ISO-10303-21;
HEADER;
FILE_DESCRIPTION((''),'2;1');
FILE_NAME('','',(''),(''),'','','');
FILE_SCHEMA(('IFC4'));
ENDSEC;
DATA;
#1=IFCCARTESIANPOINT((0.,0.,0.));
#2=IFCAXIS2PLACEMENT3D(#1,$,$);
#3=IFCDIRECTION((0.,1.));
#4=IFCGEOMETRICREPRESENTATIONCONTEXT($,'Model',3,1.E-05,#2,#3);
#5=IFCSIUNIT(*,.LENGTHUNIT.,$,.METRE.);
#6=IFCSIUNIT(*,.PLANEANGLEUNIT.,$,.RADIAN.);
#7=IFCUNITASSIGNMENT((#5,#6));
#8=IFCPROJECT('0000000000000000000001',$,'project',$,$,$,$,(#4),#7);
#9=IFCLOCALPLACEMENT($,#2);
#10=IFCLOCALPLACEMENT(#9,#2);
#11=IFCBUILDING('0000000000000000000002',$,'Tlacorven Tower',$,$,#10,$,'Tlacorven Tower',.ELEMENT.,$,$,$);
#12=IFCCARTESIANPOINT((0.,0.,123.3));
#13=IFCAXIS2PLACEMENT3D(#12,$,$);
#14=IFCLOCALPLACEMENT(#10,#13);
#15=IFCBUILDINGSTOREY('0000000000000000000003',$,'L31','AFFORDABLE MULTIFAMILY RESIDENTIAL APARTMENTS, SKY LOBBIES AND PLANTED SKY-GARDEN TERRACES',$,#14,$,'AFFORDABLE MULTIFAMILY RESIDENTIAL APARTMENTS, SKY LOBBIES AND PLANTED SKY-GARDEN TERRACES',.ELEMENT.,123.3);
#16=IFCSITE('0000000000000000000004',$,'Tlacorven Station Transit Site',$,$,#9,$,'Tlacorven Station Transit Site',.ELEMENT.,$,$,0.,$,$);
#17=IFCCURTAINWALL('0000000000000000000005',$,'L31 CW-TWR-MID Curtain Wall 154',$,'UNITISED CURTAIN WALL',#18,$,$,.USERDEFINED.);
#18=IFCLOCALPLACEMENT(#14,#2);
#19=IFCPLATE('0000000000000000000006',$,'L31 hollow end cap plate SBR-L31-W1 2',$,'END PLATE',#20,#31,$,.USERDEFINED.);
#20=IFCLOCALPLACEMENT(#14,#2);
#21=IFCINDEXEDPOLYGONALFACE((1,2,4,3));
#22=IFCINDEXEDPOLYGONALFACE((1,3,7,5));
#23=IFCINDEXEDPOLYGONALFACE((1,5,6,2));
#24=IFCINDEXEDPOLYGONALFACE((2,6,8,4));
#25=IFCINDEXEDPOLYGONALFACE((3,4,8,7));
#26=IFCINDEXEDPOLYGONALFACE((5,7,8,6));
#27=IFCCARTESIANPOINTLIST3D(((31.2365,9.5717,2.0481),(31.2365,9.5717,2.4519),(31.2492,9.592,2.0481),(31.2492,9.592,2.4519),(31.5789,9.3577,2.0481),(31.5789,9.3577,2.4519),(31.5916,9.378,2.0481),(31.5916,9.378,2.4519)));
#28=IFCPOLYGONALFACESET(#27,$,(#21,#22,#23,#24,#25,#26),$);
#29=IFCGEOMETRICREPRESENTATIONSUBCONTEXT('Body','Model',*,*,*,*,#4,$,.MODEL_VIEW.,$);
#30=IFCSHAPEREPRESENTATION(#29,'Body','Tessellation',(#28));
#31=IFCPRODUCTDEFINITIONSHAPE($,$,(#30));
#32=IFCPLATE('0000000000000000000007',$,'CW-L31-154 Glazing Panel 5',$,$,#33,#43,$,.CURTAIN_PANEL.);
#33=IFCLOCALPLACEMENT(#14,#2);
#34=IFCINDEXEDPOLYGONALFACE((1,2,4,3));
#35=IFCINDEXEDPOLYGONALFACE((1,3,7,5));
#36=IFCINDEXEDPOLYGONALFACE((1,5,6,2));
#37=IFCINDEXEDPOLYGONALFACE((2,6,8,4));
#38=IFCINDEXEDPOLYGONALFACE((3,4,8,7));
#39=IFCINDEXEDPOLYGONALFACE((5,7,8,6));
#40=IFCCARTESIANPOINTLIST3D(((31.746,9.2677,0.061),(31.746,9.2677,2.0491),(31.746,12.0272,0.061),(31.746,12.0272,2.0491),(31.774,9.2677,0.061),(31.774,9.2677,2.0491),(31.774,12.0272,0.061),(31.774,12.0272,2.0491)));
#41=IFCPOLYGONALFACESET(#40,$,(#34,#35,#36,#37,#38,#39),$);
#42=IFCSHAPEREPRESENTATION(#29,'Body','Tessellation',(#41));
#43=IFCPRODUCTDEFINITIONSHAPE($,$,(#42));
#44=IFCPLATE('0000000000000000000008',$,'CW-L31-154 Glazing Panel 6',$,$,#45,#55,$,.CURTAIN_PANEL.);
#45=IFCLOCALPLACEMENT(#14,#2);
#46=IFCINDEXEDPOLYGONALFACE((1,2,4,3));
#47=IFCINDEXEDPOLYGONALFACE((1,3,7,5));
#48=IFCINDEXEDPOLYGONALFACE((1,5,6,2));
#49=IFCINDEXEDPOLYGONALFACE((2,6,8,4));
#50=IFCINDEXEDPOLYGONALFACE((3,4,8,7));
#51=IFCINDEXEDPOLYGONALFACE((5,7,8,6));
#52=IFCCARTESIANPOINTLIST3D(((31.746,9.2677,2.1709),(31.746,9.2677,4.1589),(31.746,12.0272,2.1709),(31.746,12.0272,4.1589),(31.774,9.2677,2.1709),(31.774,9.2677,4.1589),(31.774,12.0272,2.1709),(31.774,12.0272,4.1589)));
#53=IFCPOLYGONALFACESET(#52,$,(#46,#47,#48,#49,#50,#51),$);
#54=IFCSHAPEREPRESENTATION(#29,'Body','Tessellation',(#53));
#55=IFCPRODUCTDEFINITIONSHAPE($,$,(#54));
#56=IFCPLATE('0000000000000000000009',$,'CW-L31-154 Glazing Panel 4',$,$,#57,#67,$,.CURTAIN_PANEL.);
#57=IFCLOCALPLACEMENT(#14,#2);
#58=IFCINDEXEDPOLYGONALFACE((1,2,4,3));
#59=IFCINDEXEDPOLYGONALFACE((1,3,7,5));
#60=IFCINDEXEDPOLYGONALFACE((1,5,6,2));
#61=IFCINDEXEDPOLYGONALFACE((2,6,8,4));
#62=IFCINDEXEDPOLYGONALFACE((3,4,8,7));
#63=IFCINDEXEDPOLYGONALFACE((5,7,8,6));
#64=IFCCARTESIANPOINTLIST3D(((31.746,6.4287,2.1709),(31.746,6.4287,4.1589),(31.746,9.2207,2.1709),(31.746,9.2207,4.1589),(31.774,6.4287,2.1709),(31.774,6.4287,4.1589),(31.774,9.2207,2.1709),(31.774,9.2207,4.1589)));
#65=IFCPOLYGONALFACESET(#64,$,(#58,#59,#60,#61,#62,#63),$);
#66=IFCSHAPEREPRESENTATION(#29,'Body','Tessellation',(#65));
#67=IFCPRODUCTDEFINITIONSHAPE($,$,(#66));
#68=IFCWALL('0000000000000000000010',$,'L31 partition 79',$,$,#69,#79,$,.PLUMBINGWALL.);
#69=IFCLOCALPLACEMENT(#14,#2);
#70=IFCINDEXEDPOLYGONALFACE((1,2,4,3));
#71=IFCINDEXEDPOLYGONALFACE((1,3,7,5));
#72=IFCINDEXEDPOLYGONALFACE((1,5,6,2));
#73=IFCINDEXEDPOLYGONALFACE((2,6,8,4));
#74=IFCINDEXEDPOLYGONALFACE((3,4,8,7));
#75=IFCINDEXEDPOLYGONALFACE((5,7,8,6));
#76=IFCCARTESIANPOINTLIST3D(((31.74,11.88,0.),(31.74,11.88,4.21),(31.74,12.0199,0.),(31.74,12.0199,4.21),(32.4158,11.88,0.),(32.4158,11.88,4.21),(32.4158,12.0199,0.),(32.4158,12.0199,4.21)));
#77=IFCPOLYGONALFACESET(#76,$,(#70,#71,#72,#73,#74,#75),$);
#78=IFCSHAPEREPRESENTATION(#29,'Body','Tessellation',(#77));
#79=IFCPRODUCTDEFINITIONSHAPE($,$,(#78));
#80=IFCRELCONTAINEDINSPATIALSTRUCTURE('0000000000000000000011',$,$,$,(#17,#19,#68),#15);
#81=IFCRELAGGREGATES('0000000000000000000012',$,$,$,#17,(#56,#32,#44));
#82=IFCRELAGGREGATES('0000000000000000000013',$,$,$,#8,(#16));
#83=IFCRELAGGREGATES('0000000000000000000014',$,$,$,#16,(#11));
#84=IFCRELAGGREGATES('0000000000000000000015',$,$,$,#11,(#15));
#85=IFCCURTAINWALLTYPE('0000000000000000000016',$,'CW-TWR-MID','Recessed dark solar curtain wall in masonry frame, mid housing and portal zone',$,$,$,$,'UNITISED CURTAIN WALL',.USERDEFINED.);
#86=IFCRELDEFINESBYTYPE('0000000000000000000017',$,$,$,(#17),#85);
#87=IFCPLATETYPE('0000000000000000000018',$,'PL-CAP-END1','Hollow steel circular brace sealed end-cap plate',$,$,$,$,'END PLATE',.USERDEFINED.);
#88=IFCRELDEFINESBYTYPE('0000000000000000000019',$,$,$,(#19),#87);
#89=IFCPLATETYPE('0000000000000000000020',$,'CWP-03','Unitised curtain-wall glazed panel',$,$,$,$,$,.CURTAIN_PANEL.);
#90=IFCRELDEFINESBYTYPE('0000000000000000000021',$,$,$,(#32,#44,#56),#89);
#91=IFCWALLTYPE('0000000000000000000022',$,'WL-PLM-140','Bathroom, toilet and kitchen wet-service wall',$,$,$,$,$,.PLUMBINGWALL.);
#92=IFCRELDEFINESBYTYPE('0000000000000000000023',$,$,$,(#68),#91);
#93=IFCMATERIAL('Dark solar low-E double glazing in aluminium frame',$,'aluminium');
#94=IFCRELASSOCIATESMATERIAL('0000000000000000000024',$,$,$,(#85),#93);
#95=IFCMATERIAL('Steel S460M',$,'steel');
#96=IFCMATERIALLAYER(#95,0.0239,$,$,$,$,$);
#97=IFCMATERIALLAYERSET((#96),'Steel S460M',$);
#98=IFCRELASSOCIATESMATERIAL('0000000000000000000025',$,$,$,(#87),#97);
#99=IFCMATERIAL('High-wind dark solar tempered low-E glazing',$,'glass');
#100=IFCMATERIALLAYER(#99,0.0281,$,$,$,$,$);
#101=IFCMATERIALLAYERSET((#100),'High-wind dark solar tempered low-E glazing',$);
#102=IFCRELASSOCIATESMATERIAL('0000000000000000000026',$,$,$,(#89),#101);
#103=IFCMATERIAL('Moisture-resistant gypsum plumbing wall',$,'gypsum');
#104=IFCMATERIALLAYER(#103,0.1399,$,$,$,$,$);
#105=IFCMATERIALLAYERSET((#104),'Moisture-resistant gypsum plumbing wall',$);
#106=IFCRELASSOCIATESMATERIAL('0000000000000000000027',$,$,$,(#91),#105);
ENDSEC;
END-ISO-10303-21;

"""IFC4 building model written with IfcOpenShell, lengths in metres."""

from ifc_helpers import new_model, si_unit, direction, frame, frame_2d, origin, origin_2d, place, context, subcontext, project, spatial, rectangle, extrude, source, transform, mapped, material, layer, layer_set, type_object, element, aggregate, save


model = new_model("IFC4")

# Units and contexts
model_context = context("Model", 3, precision=1e-05, world=origin(), true_north=direction((0.0, 1.0)))
body_context = subcontext(model_context, "Body", "Model", "MODEL_VIEW")
ifc_project = project(units=[si_unit("LENGTHUNIT", "METRE"), si_unit("PLANEANGLEUNIT", "RADIAN")], contexts=[model_context])

# Site, building, storey
site_placement = place(None, origin())
site = spatial("IfcSite", under=ifc_project, at=site_placement, Name="Tlacorven Station Transit Site", LongName="Tlacorven Station Transit Site", CompositionType="ELEMENT", RefElevation=0.0)
building_placement = place(site_placement, origin())
building = spatial("IfcBuilding", under=site, at=building_placement, Name="Tlacorven Tower", LongName="Tlacorven Tower", CompositionType="ELEMENT")
storey_placement = place(building_placement, frame((0.0, 0.0, 123.3)))
storey = spatial("IfcBuildingStorey", under=building, at=storey_placement, Name="L31", Description="AFFORDABLE MULTIFAMILY RESIDENTIAL APARTMENTS, SKY LOBBIES AND PLANTED SKY-GARDEN TERRACES", LongName="AFFORDABLE MULTIFAMILY RESIDENTIAL APARTMENTS, SKY LOBBIES AND PLANTED SKY-GARDEN TERRACES", CompositionType="ELEMENT", Elevation=123.3)

# Shared definitions
ifc_material_1 = material(Name="Steel S460M", Category="steel")

# Curtain wall
ifc_material_2 = material(Name="Dark solar low-E double glazing in aluminium frame", Category="aluminium")
curtain_wall_type = type_object("IfcCurtainWallType", Name="CW-TWR-MID", Description="Recessed dark solar curtain wall in masonry frame, mid housing and portal zone", ElementType="UNITISED CURTAIN WALL", PredefinedType="USERDEFINED", material=ifc_material_2)
curtain_wall_placement = place(storey_placement, origin())
curtain_wall = element("IfcCurtainWall", 1, at=curtain_wall_placement, inside=storey, type_object=curtain_wall_type, Name="L31 CW-TWR-MID Curtain Wall 154", ObjectType="UNITISED CURTAIN WALL", PredefinedType="USERDEFINED")

# Plate
ifc_layer_1 = layer(ifc_material_1, 0.0239)
ifc_layer_set_1 = layer_set([ifc_layer_1], Name="Steel S460M")
plate_type_1 = type_object("IfcPlateType", Name="PL-CAP-END1", Description="Hollow steel circular brace sealed end-cap plate", ElementType="END PLATE", PredefinedType="USERDEFINED", material=ifc_layer_set_1)
shared_shape_1 = source(origin(), body_context, "Body", "SweptSolid", [
    extrude(rectangle(XDim=0.0239, YDim=0.4038, at=origin_2d()), origin(), (0.0, 0.0, 1.0), 0.4038),
])
for number, where, z_axis, x_axis, name in (
    (2, (31.4141, 9.4749, 2.0481), (0.0, 0.0, 1.0), (-0.529919, -0.848049, 0.0), "L31 hollow end cap plate SBR-L31-W1 2"),
):
    element("IfcPlate", number, at=place(storey_placement, frame(where, z_axis=z_axis, x_axis=x_axis)), inside=storey, type_object=plate_type_1, Name=name, ObjectType="END PLATE", PredefinedType="USERDEFINED", context=body_context, shape_type="MappedRepresentation", body=[
        mapped(shared_shape_1, transform((0.0, 0.0, 0.0), scale=1.0)),
    ])

# Plates
ifc_material_3 = material(Name="High-wind dark solar tempered low-E glazing", Category="glass")
ifc_layer_2 = layer(ifc_material_3, 0.0281)
ifc_layer_set_2 = layer_set([ifc_layer_2], Name="High-wind dark solar tempered low-E glazing")
plate_type_2 = type_object("IfcPlateType", Name="CWP-03", Description="Unitised curtain-wall glazed panel", PredefinedType="CURTAIN_PANEL", material=ifc_layer_set_2)
shared_shape_2 = source(origin(), body_context, "Body", "SweptSolid", [
    extrude(rectangle(XDim=2.7595, YDim=0.0281, at=origin_2d()), origin(), (0.0, 0.0, 1.0), 1.988),
])
plate_1_placement = place(storey_placement, frame((31.76, 10.6475, 0.061), z_axis=(0.0, 0.0, 1.0), x_axis=(0.0, 1.0, 0.0)))
plate_1 = element("IfcPlate", 3, at=plate_1_placement, type_object=plate_type_2, Name="CW-L31-154 Glazing Panel 5", PredefinedType="CURTAIN_PANEL", context=body_context, shape_type="MappedRepresentation", body=[
    mapped(shared_shape_2, transform((0.0, 0.0, 0.0), scale=1.0)),
])
plate_2_placement = place(storey_placement, frame((31.76, 10.6475, 2.1709), z_axis=(0.0, 0.0, 1.0), x_axis=(0.0, 1.0, 0.0)))
plate_2 = element("IfcPlate", 4, at=plate_2_placement, type_object=plate_type_2, Name="CW-L31-154 Glazing Panel 6", PredefinedType="CURTAIN_PANEL", context=body_context, shape_type="MappedRepresentation", body=[
    mapped(shared_shape_2, transform((0.0, 0.0, 0.0), scale=1.0)),
])
shared_shape_3 = source(origin(), body_context, "Body", "SweptSolid", [
    extrude(rectangle(XDim=2.792, YDim=0.0281, at=origin_2d()), origin(), (0.0, 0.0, 1.0), 1.988),
])
plate_3_placement = place(storey_placement, frame((31.76, 7.8247, 2.1709), z_axis=(0.0, 0.0, 1.0), x_axis=(0.0, 1.0, 0.0)))
plate_3 = element("IfcPlate", 5, at=plate_3_placement, type_object=plate_type_2, Name="CW-L31-154 Glazing Panel 4", PredefinedType="CURTAIN_PANEL", context=body_context, shape_type="MappedRepresentation", body=[
    mapped(shared_shape_3, transform((0.0, 0.0, 0.0), scale=1.0)),
])
aggregate(curtain_wall, [plate_3, plate_1, plate_2])

# Wall
ifc_material_4 = material(Name="Moisture-resistant gypsum plumbing wall", Category="gypsum")
ifc_layer_3 = layer(ifc_material_4, 0.1399)
ifc_layer_set_3 = layer_set([ifc_layer_3], Name="Moisture-resistant gypsum plumbing wall")
wall_type = type_object("IfcWallType", Name="WL-PLM-140", Description="Bathroom, toilet and kitchen wet-service wall", PredefinedType="PLUMBINGWALL", material=ifc_layer_set_3)
wall_placement = place(storey_placement, frame((31.74, 11.95, 0.0), z_axis=(0.0, 0.0, 1.0), x_axis=(1.0, 0.0, 0.0)))
element("IfcWall", 6, at=wall_placement, inside=storey, type_object=wall_type, Name="L31 partition 79", PredefinedType="PLUMBINGWALL", context=body_context, shape_type="SweptSolid", body=[
    extrude(rectangle(XDim=0.6758, YDim=0.1399, at=frame_2d((0.3379, 0.0))), origin(), (0.0, 0.0, 1.0), 4.21),
])

save(model, "model.ifc")
